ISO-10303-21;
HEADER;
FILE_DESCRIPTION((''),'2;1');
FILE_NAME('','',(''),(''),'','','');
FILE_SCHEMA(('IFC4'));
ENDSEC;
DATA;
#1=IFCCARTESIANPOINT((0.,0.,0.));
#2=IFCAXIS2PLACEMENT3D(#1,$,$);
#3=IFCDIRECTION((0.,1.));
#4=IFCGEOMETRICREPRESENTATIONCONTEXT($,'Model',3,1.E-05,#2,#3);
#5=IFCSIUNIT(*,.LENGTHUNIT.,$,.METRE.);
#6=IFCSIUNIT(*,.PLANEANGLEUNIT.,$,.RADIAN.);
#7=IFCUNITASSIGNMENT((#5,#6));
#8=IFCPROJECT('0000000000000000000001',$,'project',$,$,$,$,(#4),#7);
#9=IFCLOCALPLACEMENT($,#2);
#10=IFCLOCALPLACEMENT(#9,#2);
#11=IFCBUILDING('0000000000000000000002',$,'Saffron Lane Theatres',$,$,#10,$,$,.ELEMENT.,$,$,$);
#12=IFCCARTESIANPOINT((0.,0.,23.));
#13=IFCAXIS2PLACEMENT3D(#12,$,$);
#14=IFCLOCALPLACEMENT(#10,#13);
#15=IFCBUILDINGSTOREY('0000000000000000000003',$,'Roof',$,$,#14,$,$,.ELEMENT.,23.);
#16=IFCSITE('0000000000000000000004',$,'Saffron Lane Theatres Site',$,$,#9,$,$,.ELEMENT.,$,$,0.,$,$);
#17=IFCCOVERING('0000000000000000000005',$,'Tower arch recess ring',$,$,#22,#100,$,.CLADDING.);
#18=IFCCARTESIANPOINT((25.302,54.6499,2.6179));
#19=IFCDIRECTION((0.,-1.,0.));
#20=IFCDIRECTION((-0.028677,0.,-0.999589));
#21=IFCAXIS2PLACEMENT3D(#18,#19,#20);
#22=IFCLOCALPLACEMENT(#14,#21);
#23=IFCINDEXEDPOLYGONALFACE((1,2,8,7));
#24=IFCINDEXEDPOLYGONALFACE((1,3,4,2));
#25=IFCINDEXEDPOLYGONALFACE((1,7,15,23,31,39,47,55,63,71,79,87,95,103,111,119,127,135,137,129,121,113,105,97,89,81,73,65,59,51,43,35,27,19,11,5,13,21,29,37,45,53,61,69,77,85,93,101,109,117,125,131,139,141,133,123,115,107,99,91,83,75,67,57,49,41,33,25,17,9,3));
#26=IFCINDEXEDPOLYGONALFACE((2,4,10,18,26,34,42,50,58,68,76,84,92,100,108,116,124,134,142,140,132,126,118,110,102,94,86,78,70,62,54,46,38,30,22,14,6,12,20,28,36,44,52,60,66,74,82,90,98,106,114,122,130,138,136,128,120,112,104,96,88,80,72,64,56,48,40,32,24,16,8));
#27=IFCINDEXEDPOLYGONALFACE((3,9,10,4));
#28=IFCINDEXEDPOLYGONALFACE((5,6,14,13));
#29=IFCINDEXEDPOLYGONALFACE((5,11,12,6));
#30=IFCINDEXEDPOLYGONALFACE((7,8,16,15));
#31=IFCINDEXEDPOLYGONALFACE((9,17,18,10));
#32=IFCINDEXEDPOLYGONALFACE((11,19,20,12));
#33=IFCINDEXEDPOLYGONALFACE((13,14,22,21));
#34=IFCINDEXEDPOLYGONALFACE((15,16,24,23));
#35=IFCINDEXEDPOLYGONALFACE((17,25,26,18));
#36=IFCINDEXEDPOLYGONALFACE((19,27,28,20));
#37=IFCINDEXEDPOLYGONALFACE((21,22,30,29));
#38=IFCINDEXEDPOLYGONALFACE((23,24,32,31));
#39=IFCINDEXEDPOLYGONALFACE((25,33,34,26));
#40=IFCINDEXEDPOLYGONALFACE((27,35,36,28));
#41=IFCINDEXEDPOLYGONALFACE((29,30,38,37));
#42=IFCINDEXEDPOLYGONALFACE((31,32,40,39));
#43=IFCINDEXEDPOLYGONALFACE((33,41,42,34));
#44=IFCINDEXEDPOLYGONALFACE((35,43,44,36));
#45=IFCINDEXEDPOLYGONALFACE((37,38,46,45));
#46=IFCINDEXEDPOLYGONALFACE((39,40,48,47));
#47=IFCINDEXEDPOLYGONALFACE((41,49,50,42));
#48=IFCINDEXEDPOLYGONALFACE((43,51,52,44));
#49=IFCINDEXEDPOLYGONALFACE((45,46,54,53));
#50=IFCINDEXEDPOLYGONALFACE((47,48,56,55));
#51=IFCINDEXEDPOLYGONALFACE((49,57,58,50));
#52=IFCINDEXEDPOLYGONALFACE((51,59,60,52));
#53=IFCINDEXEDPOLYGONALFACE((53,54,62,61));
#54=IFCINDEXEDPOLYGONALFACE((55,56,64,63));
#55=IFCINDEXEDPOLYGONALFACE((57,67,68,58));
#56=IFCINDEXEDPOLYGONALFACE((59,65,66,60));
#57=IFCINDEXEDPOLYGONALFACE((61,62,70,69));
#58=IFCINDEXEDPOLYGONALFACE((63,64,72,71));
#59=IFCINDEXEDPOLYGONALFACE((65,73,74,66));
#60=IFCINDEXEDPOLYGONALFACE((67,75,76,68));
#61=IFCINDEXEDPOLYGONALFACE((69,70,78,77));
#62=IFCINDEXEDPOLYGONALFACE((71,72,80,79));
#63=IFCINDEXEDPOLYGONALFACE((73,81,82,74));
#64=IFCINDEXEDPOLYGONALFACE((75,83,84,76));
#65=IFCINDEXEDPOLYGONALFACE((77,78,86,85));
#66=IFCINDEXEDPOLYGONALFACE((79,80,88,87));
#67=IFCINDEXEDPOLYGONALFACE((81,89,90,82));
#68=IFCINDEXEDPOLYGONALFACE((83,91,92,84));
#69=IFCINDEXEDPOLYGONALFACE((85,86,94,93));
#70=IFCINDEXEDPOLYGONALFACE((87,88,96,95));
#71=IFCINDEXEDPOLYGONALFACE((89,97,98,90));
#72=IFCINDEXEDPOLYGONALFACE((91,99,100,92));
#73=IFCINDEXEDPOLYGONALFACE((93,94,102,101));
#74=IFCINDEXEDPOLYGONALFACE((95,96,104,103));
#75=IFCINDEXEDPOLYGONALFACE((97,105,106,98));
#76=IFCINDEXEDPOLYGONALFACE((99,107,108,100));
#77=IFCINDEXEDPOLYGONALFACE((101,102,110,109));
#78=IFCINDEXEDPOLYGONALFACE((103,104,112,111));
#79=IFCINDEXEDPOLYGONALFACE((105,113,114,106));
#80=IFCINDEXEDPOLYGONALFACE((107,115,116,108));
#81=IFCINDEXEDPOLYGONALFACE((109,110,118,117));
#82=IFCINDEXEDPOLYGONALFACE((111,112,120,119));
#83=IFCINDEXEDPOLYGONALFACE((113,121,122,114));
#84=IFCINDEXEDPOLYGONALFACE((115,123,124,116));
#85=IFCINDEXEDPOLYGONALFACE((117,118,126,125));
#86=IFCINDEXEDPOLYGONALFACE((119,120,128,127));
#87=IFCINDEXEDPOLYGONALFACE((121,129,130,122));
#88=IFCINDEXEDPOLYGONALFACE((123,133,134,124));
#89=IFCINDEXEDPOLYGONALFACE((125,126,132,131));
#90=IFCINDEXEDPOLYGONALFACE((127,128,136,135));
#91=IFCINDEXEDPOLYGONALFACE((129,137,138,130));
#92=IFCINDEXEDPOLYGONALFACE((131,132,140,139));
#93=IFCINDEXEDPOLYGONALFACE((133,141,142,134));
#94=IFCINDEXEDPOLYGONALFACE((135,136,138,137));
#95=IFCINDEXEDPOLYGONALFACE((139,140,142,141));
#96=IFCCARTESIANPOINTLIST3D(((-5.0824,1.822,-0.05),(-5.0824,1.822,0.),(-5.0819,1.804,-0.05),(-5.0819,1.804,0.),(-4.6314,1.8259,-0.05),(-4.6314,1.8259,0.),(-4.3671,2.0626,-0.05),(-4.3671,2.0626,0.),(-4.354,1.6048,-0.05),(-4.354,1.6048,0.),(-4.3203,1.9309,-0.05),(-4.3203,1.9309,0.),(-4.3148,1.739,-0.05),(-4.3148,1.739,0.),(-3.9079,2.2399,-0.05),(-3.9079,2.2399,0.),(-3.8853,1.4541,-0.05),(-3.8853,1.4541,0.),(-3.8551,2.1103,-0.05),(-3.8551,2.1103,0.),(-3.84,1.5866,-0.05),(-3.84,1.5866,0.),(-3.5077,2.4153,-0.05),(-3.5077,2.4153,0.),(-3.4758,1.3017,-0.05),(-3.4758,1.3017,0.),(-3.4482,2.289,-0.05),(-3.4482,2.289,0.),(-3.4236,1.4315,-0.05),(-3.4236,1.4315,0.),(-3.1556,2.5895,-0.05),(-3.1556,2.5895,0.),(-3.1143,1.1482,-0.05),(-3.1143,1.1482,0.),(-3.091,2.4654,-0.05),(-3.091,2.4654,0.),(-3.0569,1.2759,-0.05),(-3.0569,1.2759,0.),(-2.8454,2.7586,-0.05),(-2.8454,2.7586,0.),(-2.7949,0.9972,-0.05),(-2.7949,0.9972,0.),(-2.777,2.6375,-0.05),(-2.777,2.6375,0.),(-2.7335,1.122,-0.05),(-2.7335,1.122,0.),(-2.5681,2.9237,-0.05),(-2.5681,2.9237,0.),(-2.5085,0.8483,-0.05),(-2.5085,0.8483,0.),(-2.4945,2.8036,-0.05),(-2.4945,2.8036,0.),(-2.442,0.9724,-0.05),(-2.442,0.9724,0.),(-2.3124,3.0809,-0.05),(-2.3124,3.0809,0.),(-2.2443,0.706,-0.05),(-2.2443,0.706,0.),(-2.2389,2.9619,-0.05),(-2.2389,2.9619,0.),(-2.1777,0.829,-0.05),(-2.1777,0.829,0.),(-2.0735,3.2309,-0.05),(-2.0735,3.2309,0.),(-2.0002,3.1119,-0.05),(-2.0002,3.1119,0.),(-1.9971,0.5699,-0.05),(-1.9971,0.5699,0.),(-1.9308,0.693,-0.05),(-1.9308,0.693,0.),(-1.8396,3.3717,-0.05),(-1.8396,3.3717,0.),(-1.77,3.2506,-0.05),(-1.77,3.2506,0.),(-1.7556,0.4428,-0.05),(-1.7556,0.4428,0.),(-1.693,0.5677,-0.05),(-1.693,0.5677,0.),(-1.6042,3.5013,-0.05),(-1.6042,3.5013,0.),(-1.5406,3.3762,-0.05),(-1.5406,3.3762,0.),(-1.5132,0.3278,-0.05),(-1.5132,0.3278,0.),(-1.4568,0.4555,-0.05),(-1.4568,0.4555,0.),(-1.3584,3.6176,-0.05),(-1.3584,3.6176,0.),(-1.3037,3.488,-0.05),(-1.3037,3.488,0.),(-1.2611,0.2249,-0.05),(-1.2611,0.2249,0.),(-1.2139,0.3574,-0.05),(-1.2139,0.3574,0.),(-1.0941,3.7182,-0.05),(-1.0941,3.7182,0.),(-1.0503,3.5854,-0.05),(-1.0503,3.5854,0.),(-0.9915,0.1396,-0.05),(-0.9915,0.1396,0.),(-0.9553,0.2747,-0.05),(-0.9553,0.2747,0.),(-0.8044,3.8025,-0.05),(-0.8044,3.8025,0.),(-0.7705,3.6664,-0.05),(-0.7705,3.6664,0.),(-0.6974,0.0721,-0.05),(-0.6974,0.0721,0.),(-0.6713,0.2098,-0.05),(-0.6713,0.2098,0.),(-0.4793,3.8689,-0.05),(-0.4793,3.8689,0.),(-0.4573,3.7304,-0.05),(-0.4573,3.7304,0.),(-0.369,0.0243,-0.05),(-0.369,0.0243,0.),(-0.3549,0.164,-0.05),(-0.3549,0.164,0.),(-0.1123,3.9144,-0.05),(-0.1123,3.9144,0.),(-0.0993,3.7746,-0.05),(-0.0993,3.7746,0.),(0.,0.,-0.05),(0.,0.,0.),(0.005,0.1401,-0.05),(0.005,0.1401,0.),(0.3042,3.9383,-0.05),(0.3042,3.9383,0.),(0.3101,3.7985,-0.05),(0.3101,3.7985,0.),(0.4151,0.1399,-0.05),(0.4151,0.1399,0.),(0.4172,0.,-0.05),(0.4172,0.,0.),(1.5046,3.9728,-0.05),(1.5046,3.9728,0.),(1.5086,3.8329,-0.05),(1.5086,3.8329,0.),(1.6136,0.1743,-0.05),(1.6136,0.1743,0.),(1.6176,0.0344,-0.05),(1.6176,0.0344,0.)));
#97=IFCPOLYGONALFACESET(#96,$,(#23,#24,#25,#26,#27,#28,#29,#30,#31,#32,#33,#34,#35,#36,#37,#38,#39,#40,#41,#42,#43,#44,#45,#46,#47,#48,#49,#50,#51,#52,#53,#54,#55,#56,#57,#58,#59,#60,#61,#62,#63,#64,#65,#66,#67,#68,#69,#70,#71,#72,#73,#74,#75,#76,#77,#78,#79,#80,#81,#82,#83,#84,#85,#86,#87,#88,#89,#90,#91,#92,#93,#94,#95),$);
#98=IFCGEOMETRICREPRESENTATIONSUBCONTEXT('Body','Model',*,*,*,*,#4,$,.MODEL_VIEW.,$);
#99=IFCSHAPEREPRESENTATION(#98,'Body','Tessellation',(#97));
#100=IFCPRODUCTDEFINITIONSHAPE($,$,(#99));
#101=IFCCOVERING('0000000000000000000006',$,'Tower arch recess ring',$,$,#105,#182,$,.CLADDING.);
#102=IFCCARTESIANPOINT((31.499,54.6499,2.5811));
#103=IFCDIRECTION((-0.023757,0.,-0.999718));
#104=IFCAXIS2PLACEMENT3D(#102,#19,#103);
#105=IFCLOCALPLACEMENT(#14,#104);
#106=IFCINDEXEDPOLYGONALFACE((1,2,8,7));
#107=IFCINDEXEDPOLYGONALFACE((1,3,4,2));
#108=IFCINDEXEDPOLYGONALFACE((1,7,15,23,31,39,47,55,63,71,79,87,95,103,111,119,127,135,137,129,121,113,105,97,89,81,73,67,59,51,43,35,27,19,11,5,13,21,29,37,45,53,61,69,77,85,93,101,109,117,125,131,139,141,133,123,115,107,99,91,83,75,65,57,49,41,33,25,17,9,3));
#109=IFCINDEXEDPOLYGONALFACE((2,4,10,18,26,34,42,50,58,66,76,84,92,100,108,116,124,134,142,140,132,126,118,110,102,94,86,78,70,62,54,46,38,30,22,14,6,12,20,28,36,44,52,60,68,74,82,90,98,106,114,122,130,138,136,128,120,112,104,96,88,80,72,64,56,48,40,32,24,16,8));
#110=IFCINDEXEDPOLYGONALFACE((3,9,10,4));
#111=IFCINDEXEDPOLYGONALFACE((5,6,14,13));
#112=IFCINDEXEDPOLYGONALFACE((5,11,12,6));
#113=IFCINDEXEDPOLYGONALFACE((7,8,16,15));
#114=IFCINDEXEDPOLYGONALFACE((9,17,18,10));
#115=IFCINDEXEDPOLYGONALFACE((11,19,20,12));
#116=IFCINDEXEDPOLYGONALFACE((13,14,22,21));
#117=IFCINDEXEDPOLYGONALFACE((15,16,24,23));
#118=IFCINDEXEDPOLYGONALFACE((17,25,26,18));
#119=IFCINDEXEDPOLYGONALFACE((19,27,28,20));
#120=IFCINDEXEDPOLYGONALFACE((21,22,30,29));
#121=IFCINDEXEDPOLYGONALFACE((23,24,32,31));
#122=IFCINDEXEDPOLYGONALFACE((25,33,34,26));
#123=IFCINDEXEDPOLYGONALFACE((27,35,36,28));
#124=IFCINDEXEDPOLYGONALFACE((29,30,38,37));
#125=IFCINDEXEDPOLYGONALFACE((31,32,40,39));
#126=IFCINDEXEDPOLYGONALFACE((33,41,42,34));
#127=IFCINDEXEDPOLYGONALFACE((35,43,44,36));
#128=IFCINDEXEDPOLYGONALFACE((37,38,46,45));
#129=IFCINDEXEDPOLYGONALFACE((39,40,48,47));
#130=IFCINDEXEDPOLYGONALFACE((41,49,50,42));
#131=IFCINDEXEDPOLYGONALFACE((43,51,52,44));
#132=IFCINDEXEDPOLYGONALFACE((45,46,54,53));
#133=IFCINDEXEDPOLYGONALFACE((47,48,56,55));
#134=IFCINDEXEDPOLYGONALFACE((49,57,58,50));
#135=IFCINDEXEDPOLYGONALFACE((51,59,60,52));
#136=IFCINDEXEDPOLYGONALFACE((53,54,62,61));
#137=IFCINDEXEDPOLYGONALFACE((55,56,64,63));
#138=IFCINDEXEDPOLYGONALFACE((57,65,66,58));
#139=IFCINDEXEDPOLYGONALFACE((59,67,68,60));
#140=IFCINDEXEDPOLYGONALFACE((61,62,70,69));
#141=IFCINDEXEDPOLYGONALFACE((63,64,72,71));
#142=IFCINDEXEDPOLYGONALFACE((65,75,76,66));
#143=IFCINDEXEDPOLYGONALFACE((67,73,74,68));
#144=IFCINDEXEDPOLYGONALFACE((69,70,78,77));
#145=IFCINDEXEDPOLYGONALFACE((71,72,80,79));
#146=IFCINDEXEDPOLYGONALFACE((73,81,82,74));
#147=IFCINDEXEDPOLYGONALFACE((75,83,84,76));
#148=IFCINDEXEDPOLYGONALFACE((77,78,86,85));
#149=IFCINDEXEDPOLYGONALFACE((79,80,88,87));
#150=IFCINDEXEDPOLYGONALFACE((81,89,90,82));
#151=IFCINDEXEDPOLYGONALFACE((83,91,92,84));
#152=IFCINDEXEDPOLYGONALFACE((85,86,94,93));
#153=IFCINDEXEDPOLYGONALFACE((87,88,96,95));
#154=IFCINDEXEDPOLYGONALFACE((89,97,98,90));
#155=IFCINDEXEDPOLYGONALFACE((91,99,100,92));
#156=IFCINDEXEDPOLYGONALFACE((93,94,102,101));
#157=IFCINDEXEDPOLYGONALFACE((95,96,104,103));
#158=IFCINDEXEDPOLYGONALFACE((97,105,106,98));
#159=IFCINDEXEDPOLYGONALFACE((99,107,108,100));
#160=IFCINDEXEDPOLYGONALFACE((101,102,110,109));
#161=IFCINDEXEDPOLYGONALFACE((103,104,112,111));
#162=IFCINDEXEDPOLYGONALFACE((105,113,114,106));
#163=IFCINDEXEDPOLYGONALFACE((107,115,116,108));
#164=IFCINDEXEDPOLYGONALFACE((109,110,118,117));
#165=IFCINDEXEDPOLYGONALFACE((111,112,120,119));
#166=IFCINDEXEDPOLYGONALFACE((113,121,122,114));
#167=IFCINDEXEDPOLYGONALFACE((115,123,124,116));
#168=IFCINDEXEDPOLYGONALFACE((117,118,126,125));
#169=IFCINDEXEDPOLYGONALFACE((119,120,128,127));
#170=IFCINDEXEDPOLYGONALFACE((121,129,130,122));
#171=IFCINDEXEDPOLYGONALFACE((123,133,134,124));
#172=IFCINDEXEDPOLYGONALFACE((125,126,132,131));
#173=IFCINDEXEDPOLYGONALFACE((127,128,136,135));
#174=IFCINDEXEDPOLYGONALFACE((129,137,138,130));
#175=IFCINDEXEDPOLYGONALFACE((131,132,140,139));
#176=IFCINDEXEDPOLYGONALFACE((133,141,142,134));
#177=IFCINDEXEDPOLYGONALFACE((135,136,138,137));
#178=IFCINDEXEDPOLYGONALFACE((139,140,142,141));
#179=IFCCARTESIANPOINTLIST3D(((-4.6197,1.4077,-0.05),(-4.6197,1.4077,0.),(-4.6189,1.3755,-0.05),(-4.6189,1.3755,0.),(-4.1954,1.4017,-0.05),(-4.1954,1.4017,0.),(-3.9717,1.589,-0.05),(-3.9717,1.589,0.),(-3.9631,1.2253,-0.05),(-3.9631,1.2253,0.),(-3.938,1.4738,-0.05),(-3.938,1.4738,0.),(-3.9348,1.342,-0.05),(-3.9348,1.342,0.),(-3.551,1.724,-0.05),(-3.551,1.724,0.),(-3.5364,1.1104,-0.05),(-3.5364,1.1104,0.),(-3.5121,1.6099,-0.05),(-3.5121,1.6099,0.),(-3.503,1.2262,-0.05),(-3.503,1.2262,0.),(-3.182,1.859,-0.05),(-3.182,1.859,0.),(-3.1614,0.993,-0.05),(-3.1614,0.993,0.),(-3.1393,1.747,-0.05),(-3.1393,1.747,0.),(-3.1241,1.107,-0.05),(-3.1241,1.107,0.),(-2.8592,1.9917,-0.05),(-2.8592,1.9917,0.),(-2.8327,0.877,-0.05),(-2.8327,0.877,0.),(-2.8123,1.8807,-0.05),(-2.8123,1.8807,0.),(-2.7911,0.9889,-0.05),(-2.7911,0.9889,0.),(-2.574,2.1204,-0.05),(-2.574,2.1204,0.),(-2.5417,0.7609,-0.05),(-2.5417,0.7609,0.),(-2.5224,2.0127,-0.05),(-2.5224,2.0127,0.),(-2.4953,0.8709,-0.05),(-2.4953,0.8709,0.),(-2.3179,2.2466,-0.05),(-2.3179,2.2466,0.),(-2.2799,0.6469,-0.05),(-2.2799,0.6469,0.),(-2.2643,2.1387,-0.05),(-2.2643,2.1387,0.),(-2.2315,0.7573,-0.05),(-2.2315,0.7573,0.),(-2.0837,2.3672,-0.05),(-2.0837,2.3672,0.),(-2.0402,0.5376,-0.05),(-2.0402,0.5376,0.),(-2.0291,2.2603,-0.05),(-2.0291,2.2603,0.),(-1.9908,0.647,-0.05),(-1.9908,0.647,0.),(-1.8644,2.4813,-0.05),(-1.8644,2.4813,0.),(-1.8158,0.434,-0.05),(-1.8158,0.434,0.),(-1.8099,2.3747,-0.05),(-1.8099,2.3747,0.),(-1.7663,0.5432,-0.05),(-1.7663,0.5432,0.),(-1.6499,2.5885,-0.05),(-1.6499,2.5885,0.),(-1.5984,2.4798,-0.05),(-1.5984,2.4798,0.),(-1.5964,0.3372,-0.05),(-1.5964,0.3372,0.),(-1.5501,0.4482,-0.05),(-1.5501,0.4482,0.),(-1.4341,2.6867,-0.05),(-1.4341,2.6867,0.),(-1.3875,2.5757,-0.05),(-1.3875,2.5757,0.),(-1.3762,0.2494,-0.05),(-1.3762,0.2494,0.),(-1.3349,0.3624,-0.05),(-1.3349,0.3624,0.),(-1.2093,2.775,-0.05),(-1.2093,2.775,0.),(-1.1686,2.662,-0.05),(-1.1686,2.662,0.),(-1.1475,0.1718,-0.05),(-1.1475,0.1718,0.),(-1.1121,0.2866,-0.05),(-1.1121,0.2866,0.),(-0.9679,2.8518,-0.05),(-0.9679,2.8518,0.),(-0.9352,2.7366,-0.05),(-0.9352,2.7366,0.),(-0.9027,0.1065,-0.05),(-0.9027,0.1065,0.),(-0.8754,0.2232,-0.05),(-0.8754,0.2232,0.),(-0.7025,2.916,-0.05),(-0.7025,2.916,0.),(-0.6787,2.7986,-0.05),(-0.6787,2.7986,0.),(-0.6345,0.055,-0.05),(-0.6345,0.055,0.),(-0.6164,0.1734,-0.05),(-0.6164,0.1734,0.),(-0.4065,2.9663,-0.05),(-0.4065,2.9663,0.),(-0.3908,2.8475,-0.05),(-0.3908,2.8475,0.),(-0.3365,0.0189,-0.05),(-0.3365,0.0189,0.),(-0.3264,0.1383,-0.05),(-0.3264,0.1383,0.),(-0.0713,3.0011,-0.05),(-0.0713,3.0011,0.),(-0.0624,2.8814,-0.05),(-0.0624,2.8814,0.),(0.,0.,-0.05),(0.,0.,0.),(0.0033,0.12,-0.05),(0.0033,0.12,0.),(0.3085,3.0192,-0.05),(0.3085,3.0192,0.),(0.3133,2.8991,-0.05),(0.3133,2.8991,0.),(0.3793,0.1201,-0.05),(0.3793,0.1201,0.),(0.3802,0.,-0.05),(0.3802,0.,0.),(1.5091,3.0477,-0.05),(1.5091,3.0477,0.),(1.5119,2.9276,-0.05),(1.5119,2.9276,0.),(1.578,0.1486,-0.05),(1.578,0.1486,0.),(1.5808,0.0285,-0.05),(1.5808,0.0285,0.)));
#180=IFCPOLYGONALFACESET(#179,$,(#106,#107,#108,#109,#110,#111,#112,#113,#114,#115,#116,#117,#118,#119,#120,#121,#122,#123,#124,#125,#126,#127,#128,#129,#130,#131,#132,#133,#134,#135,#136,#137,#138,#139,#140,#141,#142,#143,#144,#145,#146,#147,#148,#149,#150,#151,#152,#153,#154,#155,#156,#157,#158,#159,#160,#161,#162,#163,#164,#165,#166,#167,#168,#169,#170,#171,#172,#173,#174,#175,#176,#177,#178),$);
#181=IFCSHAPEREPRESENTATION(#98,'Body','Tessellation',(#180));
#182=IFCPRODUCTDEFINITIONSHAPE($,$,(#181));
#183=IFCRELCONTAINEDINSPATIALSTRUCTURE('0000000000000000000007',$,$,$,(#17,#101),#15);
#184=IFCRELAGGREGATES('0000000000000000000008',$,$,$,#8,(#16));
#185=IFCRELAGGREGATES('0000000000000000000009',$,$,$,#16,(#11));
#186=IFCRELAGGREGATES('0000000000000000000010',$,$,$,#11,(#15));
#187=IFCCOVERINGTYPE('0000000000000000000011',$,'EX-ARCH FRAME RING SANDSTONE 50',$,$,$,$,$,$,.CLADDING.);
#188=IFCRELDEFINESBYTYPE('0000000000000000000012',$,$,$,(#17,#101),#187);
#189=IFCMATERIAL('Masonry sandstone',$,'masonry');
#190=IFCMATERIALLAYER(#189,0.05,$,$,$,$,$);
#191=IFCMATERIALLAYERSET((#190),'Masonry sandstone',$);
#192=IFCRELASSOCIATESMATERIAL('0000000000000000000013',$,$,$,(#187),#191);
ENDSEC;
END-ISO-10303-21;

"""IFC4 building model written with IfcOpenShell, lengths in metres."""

from ifc_helpers import new_model, si_unit, direction, frame, origin, place, context, subcontext, project, spatial, polyline, outline, extrude, material, layer, layer_set, type_object, element, save


model = new_model("IFC4")

# Units and contexts
model_context = context("Model", 3, precision=1e-05, world=origin(), true_north=direction((0.0, 1.0)))
body_context = subcontext(model_context, "Body", "Model", "MODEL_VIEW")
ifc_project = project(units=[si_unit("LENGTHUNIT", "METRE"), si_unit("PLANEANGLEUNIT", "RADIAN")], contexts=[model_context])

# Site, building, storey
site_placement = place(None, origin())
site = spatial("IfcSite", under=ifc_project, at=site_placement, Name="Saffron Lane Theatres Site", CompositionType="ELEMENT", RefElevation=0.0)
building_placement = place(site_placement, origin())
building = spatial("IfcBuilding", under=site, at=building_placement, Name="Saffron Lane Theatres", CompositionType="ELEMENT")
storey_placement = place(building_placement, frame((0.0, 0.0, 23.0)))
storey = spatial("IfcBuildingStorey", under=building, at=storey_placement, Name="Roof", CompositionType="ELEMENT", Elevation=23.0)

# Coverings
ifc_material_1 = material(Name="Masonry sandstone", Category="masonry")
ifc_layer_1 = layer(ifc_material_1, 0.05)
ifc_layer_set_1 = layer_set([ifc_layer_1], Name="Masonry sandstone")
covering_type_1 = type_object("IfcCoveringType", Name="EX-ARCH FRAME RING SANDSTONE 50", PredefinedType="CLADDING", material=ifc_layer_set_1)
covering_1_placement = place(storey_placement, frame((25.302, 54.6499, 2.6179), z_axis=(0.0, -1.0, 0.0), x_axis=(-0.028677, 0.0, -0.999589)))
element("IfcCovering", 1, at=covering_1_placement, inside=storey, type_object=covering_type_1, Name="Tower arch recess ring", PredefinedType="CLADDING", context=body_context, shape_type="SweptSolid", body=[
    extrude(outline(polyline([(0.0, 0.0), (0.4172, 0.0), (1.6176, 0.0344), (1.6136, 0.1743), (0.4151, 0.1399), (0.005, 0.1401), (-0.3549, 0.164), (-0.6713, 0.2098), (-0.9553, 0.2747), (-1.2139, 0.3574), (-1.4568, 0.4555), (-1.693, 0.5677), (-1.9308, 0.693), (-2.1777, 0.829), (-2.442, 0.9724), (-2.7335, 1.122), (-3.0569, 1.2759), (-3.4236, 1.4315), (-3.84, 1.5866), (-4.3148, 1.739), (-4.6314, 1.8259), (-4.3203, 1.9309), (-3.8551, 2.1103), (-3.4482, 2.289), (-3.091, 2.4654), (-2.777, 2.6375), (-2.4945, 2.8036), (-2.2389, 2.9619), (-2.0002, 3.1119), (-1.77, 3.2506), (-1.5406, 3.3762), (-1.3037, 3.488), (-1.0503, 3.5854), (-0.7705, 3.6664), (-0.4573, 3.7304), (-0.0993, 3.7746), (0.3101, 3.7985), (1.5086, 3.8329), (1.5046, 3.9728), (0.3042, 3.9383), (-0.1123, 3.9144), (-0.4793, 3.8689), (-0.8044, 3.8025), (-1.0941, 3.7182), (-1.3584, 3.6176), (-1.6042, 3.5013), (-1.8396, 3.3717), (-2.0735, 3.2309), (-2.3124, 3.0809), (-2.5681, 2.9237), (-2.8454, 2.7586), (-3.1556, 2.5895), (-3.5077, 2.4153), (-3.9079, 2.2399), (-4.3671, 2.0626), (-5.0824, 1.822), (-5.0819, 1.804), (-4.354, 1.6048), (-3.8853, 1.4541), (-3.4758, 1.3017), (-3.1143, 1.1482), (-2.7949, 0.9972), (-2.5085, 0.8483), (-2.2443, 0.706), (-1.9971, 0.5699), (-1.7556, 0.4428), (-1.5132, 0.3278), (-1.2611, 0.2249), (-0.9915, 0.1396), (-0.6974, 0.0721), (-0.369, 0.0243), (0.0, 0.0)])), origin(), (0.0, 0.0, -1.0), 0.05),
])
covering_2_placement = place(storey_placement, frame((31.499, 54.6499, 2.5811), z_axis=(0.0, -1.0, 0.0), x_axis=(-0.023757, 0.0, -0.999718)))
element("IfcCovering", 2, at=covering_2_placement, inside=storey, type_object=covering_type_1, Name="Tower arch recess ring", PredefinedType="CLADDING", context=body_context, shape_type="SweptSolid", body=[
    extrude(outline(polyline([(0.0, 0.0), (0.3802, 0.0), (1.5808, 0.0285), (1.578, 0.1486), (0.3793, 0.1201), (0.0033, 0.12), (-0.3264, 0.1383), (-0.6164, 0.1734), (-0.8754, 0.2232), (-1.1121, 0.2866), (-1.3349, 0.3624), (-1.5501, 0.4482), (-1.7663, 0.5432), (-1.9908, 0.647), (-2.2315, 0.7573), (-2.4953, 0.8709), (-2.7911, 0.9889), (-3.1241, 1.107), (-3.503, 1.2262), (-3.9348, 1.342), (-4.1954, 1.4017), (-3.938, 1.4738), (-3.5121, 1.6099), (-3.1393, 1.747), (-2.8123, 1.8807), (-2.5224, 2.0127), (-2.2643, 2.1387), (-2.0291, 2.2603), (-1.8099, 2.3747), (-1.5984, 2.4798), (-1.3875, 2.5757), (-1.1686, 2.662), (-0.9352, 2.7366), (-0.6787, 2.7986), (-0.3908, 2.8475), (-0.0624, 2.8814), (0.3133, 2.8991), (1.5119, 2.9276), (1.5091, 3.0477), (0.3085, 3.0192), (-0.0713, 3.0011), (-0.4065, 2.9663), (-0.7025, 2.916), (-0.9679, 2.8518), (-1.2093, 2.775), (-1.4341, 2.6867), (-1.6499, 2.5885), (-1.8644, 2.4813), (-2.0837, 2.3672), (-2.3179, 2.2466), (-2.574, 2.1204), (-2.8592, 1.9917), (-3.182, 1.859), (-3.551, 1.724), (-3.9717, 1.589), (-4.6197, 1.4077), (-4.6189, 1.3755), (-3.9631, 1.2253), (-3.5364, 1.1104), (-3.1614, 0.993), (-2.8327, 0.877), (-2.5417, 0.7609), (-2.2799, 0.6469), (-2.0402, 0.5376), (-1.8158, 0.434), (-1.5964, 0.3372), (-1.3762, 0.2494), (-1.1475, 0.1718), (-0.9027, 0.1065), (-0.6345, 0.055), (-0.3365, 0.0189), (0.0, 0.0)])), origin(), (0.0, 0.0, -1.0), 0.05),
])

save(model, "model.ifc")
